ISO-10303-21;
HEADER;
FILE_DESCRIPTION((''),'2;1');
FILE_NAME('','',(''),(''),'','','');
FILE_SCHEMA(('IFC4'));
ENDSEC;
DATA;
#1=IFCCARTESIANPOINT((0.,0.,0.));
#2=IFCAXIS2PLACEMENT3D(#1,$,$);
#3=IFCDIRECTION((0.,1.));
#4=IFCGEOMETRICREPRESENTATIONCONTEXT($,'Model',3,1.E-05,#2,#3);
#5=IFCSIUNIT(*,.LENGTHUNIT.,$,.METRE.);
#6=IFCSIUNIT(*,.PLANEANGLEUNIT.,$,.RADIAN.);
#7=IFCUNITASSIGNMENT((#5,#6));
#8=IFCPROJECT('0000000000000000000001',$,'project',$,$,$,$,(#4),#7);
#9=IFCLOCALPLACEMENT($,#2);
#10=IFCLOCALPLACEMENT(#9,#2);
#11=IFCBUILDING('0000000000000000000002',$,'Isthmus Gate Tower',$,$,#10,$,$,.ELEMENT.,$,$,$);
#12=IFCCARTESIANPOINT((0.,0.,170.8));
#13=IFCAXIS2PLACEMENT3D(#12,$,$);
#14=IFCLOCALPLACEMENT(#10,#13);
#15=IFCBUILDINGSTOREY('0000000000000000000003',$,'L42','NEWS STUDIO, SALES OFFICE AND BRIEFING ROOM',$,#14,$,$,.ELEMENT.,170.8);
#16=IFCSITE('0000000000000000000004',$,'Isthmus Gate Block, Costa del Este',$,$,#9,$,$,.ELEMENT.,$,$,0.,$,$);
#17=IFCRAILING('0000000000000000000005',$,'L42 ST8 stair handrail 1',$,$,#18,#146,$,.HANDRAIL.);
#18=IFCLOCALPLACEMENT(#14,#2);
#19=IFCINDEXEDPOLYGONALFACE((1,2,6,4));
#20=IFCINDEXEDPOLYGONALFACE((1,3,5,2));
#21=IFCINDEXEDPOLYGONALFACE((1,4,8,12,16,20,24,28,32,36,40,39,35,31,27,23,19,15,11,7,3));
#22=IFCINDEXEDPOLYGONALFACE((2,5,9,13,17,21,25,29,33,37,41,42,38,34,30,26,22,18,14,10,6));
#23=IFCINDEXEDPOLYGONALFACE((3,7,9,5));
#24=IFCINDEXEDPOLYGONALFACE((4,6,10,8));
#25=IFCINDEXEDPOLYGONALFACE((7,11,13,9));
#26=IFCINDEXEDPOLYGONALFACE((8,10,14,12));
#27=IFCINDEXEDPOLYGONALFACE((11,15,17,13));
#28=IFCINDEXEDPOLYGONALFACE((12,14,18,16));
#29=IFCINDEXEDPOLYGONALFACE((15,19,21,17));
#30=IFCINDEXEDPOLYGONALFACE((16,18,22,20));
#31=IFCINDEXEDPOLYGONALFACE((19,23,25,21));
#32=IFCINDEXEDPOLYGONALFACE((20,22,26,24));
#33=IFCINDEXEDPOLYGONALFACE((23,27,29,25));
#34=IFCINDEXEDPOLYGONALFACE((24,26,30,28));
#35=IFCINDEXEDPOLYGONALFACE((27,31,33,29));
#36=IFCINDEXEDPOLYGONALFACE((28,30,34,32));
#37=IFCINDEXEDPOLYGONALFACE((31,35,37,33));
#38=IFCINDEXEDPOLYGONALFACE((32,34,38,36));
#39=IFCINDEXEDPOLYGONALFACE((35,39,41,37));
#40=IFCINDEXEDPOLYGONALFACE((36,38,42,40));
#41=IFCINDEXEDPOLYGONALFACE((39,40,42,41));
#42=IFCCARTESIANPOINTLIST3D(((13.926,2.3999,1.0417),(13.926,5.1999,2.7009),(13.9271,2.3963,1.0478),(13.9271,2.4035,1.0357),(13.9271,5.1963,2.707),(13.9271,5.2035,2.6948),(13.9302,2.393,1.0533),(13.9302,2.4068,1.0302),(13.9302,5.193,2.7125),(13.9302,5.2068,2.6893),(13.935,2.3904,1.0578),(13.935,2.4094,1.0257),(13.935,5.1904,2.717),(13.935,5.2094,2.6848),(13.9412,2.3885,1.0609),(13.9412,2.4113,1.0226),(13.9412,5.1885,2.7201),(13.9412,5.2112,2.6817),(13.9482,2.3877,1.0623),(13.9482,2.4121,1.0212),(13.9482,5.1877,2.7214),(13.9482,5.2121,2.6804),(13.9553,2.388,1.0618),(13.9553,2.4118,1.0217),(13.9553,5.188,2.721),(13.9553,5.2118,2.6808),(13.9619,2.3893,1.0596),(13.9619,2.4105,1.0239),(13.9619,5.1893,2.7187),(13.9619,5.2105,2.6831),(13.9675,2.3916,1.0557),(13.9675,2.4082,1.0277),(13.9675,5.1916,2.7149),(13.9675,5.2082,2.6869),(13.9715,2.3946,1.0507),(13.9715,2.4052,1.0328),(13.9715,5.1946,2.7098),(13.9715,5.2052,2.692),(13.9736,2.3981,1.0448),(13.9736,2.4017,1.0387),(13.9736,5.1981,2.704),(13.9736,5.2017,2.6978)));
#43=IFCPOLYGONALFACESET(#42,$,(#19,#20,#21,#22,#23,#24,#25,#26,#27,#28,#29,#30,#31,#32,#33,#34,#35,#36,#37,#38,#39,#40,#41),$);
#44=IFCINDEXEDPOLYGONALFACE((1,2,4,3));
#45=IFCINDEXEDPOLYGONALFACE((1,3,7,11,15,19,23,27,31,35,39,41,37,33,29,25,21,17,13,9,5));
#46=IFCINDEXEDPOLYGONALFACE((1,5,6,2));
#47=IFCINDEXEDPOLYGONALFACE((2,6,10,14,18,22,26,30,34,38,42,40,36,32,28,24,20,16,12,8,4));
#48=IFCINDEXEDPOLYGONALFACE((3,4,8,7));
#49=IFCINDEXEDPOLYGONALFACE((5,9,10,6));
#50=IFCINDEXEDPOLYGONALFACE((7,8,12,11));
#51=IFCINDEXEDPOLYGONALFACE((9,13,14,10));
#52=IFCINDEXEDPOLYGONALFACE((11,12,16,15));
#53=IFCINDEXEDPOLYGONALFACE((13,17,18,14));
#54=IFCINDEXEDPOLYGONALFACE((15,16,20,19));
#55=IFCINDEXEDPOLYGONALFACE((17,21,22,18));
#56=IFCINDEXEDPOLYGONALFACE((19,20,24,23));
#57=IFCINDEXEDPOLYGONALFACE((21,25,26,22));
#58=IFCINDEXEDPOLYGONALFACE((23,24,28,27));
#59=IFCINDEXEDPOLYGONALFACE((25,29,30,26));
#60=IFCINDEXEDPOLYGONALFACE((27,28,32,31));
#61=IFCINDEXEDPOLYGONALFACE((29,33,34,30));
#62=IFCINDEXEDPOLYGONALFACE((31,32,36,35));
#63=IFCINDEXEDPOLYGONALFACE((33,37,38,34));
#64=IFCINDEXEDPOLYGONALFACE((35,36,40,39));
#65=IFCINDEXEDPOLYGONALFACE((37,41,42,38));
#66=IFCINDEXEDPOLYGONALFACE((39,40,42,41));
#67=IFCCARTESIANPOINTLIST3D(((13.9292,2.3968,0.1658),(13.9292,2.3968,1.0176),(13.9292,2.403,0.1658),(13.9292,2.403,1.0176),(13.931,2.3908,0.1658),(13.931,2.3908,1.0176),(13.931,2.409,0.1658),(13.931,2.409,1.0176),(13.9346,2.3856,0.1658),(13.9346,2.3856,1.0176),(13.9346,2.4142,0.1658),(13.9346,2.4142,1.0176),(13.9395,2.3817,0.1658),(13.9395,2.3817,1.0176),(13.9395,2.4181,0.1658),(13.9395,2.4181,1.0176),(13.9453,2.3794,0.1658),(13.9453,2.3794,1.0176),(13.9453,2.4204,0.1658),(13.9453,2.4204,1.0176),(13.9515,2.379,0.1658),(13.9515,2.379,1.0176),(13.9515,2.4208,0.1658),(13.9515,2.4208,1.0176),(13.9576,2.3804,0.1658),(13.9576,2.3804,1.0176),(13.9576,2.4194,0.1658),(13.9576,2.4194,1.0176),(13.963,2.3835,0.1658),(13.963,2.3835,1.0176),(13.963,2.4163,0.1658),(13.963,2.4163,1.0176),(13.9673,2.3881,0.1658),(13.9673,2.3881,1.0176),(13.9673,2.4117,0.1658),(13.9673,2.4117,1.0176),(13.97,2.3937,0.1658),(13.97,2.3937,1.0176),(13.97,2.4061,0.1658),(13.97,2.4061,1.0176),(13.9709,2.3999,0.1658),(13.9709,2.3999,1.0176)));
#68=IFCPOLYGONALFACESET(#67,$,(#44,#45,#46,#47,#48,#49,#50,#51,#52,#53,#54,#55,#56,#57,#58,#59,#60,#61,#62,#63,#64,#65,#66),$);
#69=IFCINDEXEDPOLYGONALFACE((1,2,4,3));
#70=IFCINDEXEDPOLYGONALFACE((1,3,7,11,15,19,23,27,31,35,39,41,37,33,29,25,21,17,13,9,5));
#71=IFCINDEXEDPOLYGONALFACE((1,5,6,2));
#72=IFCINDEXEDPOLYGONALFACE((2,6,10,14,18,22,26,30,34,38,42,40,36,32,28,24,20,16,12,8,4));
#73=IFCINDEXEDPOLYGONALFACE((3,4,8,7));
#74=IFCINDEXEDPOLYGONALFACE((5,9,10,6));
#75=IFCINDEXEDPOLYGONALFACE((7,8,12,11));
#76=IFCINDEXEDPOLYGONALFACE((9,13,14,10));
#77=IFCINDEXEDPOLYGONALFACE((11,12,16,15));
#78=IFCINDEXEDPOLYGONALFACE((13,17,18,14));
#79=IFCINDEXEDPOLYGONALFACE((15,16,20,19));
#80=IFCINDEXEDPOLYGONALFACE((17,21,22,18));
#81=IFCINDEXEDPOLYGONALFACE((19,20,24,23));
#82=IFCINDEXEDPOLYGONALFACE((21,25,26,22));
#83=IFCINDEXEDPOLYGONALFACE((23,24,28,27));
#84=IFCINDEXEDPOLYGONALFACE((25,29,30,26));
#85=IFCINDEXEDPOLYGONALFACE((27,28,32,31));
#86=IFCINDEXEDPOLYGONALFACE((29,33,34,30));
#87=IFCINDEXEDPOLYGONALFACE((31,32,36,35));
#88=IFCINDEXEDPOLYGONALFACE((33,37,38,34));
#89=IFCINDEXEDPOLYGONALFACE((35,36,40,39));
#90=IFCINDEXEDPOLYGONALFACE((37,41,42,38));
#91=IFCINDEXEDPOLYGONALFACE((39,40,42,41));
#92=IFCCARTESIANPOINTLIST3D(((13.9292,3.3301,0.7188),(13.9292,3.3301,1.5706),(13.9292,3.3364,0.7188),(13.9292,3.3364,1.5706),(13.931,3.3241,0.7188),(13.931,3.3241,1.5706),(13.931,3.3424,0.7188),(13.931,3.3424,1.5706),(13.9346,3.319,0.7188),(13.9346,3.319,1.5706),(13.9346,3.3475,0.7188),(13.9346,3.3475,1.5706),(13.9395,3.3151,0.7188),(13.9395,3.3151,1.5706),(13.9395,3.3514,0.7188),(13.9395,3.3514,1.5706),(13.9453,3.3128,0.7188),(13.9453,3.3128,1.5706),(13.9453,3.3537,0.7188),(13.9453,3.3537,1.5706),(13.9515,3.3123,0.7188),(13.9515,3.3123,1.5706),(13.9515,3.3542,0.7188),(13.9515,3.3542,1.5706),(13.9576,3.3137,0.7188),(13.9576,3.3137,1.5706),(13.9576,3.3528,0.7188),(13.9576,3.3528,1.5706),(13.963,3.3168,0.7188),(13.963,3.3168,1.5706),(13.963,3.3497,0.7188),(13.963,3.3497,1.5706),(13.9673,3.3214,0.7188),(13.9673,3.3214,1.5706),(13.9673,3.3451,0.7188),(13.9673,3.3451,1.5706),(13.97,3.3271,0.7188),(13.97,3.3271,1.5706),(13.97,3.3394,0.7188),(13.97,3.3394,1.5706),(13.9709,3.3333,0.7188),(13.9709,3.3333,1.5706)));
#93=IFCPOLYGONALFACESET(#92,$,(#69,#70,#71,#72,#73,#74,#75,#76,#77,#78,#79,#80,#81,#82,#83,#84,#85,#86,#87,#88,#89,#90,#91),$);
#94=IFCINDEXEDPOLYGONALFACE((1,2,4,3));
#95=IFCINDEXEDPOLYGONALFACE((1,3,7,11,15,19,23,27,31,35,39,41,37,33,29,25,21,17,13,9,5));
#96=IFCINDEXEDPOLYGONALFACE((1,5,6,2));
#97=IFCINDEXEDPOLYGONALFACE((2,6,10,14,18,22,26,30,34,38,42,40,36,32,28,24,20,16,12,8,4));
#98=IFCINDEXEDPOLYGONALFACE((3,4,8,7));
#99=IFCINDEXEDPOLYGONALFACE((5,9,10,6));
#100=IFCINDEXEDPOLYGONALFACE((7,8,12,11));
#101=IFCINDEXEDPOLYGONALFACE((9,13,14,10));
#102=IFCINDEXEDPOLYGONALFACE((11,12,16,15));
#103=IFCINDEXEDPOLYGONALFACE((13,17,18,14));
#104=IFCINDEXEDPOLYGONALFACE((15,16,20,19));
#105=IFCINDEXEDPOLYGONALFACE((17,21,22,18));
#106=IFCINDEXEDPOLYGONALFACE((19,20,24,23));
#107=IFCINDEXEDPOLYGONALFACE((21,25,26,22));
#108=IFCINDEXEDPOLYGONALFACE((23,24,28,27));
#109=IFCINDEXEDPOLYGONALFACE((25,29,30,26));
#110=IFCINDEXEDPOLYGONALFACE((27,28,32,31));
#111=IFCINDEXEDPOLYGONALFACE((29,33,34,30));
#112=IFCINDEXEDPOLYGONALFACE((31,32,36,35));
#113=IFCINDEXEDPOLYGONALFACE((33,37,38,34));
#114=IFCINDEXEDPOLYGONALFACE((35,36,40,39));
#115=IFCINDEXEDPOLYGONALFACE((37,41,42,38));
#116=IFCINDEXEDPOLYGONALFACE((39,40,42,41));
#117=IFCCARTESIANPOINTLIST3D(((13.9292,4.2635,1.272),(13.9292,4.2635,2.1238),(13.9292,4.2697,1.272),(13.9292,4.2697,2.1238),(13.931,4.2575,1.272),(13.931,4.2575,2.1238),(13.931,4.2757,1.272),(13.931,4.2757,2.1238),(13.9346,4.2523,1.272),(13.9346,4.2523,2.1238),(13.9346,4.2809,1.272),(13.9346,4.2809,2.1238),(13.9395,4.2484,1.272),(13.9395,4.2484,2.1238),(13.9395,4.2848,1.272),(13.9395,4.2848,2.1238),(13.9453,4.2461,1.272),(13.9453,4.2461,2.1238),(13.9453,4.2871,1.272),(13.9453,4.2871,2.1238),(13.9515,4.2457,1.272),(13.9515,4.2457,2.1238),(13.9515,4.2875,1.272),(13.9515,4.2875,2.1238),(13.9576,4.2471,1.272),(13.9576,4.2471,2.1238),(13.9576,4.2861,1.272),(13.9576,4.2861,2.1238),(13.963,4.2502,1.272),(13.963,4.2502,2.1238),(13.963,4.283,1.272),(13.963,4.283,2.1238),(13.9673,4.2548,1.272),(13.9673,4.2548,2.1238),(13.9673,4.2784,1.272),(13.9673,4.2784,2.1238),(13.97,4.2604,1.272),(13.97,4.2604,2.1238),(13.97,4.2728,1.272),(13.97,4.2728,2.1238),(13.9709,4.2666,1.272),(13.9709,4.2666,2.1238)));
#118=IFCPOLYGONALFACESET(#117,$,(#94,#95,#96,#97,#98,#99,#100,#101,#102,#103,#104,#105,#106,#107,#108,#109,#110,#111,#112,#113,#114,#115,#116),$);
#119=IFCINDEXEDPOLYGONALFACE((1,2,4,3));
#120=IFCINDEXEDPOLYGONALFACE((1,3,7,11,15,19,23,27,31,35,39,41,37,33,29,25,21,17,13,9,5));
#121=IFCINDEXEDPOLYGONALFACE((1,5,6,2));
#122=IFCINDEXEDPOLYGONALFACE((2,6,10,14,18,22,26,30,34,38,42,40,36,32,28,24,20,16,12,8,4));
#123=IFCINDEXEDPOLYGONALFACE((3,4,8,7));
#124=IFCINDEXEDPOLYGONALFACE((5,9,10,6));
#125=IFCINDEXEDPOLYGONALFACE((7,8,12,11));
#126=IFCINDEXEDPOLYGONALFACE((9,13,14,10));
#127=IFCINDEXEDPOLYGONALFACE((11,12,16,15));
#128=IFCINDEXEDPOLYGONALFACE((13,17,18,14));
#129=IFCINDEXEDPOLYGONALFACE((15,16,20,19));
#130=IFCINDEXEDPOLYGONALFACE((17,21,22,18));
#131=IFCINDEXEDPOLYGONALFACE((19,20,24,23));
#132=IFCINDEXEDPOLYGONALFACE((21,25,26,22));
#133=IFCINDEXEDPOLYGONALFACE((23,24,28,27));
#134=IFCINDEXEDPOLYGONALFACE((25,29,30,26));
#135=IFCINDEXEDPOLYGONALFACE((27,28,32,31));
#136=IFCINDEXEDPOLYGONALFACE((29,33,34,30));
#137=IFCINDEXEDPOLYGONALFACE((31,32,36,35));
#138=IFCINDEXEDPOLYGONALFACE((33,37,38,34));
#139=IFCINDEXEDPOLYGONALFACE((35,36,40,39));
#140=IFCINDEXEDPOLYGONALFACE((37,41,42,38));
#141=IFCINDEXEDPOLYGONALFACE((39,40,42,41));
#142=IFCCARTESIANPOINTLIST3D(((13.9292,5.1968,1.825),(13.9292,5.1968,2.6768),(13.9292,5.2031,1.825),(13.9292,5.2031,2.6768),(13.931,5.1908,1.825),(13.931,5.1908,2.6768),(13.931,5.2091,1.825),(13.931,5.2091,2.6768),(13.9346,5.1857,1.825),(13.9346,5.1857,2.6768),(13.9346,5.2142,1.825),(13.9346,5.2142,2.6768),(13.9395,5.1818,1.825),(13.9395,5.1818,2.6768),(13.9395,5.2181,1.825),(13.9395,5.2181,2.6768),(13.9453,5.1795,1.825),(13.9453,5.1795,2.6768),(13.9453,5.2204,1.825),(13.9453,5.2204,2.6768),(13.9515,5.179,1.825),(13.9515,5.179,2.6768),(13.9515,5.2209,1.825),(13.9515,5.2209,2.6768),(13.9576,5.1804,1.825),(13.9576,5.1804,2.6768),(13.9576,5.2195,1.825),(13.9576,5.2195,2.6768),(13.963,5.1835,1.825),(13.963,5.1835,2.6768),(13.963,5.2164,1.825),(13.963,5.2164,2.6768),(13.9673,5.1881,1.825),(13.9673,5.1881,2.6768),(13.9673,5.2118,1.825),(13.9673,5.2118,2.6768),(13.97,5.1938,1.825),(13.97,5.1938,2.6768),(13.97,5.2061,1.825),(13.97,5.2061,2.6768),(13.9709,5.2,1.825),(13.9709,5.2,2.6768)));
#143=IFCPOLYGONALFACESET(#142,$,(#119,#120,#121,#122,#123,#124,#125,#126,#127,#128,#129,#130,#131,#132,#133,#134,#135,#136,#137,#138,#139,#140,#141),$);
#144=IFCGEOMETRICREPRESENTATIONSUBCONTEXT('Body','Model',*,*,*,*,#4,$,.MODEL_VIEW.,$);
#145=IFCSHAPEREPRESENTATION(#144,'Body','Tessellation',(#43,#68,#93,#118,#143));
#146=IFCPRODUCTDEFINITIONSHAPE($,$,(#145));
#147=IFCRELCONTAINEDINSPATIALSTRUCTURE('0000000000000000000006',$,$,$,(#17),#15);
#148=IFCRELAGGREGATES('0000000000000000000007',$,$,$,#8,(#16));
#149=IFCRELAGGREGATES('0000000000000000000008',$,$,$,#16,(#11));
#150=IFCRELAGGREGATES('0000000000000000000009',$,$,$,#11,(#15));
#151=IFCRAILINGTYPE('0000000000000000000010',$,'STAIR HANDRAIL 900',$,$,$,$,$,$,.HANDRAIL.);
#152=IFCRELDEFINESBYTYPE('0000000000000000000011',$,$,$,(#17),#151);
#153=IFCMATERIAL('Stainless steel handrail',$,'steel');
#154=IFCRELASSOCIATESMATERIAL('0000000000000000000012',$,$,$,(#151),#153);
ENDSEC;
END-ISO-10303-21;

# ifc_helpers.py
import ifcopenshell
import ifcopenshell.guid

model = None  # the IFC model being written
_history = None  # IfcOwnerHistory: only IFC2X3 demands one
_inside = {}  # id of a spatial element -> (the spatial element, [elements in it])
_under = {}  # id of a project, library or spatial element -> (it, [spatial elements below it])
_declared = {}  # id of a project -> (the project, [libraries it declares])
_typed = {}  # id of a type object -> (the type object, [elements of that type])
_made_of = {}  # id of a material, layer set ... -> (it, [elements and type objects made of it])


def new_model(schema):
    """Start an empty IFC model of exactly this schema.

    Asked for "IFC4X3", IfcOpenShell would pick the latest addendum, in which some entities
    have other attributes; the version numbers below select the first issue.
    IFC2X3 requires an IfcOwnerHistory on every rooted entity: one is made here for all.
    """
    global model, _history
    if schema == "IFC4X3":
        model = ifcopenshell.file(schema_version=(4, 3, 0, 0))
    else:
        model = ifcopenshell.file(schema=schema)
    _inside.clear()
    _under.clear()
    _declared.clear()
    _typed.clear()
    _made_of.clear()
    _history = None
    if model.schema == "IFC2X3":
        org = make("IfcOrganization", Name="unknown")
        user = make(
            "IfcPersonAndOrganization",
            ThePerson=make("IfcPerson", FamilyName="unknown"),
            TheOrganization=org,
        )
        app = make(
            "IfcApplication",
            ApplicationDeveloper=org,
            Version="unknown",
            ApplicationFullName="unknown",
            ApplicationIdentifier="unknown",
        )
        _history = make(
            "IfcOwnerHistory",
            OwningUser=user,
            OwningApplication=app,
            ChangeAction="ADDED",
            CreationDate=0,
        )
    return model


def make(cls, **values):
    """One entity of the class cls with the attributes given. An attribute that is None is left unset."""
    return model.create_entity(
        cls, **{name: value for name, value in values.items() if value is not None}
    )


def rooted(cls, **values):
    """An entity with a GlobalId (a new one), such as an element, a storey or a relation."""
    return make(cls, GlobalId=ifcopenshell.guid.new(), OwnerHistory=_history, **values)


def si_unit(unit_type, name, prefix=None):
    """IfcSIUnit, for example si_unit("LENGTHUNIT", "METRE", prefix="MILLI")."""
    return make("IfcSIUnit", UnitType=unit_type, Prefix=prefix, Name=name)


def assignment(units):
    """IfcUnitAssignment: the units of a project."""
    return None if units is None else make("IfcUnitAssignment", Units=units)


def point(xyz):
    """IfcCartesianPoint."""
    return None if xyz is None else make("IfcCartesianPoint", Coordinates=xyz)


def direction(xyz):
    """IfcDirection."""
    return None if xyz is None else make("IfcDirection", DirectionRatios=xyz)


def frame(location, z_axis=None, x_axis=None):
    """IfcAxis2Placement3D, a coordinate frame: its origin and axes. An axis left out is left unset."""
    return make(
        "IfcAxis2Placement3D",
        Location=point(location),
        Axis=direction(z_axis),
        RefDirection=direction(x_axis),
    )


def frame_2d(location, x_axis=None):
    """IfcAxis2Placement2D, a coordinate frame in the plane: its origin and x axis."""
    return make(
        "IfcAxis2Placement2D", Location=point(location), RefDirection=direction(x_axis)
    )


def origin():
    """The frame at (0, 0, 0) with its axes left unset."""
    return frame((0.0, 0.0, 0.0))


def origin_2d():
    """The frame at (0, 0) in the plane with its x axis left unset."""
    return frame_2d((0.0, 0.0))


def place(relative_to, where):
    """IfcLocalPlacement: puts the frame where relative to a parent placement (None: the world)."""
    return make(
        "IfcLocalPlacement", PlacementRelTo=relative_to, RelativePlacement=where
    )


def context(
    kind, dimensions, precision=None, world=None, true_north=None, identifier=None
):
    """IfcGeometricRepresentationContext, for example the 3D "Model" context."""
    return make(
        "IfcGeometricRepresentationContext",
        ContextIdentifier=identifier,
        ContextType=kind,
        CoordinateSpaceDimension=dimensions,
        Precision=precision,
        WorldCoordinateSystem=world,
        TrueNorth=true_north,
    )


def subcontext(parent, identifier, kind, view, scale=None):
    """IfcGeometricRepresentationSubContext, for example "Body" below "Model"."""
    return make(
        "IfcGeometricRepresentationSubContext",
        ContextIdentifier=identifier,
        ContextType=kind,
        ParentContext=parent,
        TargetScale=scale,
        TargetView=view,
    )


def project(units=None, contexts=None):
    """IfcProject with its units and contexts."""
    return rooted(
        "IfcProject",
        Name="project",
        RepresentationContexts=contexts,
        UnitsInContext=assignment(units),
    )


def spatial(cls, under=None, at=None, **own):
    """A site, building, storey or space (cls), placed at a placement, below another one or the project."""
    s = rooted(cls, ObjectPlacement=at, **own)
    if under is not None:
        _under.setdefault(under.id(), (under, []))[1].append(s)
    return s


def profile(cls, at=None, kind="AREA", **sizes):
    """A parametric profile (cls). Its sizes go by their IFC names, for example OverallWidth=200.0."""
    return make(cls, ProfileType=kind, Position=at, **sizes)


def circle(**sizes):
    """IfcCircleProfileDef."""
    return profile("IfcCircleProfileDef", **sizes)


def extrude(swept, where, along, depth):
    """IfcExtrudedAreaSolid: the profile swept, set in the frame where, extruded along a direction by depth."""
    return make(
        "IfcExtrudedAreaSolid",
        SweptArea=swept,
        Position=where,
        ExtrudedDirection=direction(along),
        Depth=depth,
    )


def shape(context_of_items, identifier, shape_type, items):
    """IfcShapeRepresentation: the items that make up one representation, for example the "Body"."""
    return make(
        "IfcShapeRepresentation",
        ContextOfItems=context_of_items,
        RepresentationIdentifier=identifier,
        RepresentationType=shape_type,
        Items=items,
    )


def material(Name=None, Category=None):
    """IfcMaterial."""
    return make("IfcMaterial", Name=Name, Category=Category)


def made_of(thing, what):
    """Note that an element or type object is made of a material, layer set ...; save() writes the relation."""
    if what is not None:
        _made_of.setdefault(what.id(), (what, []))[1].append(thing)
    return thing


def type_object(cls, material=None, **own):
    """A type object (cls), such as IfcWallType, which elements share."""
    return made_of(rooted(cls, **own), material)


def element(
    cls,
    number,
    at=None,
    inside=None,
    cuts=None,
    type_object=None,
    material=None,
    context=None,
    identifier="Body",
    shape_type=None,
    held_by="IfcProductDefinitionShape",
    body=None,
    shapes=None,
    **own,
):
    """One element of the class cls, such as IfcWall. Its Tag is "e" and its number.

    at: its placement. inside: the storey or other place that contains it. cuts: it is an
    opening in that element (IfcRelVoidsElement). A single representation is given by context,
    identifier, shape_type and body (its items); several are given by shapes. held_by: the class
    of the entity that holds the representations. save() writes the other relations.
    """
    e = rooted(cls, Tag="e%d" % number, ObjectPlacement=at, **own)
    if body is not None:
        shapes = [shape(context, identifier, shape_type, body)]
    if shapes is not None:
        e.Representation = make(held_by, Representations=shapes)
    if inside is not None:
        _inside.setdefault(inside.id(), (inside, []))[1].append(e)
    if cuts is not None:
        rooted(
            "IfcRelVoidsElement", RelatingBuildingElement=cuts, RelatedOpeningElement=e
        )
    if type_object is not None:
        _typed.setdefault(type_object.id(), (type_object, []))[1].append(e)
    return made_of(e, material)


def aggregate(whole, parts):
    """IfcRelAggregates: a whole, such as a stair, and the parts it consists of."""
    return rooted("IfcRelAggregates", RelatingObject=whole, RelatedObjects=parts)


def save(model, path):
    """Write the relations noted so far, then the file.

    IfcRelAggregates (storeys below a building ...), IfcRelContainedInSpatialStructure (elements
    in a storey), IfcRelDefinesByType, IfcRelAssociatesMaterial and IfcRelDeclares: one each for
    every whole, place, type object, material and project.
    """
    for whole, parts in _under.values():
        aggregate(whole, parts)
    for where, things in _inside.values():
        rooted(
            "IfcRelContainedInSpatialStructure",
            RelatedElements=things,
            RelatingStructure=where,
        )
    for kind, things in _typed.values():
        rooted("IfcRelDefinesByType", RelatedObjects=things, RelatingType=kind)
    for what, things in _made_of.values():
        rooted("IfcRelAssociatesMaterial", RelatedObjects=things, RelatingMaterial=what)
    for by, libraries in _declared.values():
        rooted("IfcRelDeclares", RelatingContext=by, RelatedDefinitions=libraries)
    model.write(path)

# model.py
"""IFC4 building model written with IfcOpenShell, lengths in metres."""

from ifc_helpers import new_model, si_unit, direction, frame, origin, origin_2d, place, context, subcontext, project, spatial, circle, extrude, material, type_object, element, save


model = new_model("IFC4")

# Units and contexts
model_context = context("Model", 3, precision=1e-05, world=origin(), true_north=direction((0.0, 1.0)))
body_context = subcontext(model_context, "Body", "Model", "MODEL_VIEW")
ifc_project = project(units=[si_unit("LENGTHUNIT", "METRE"), si_unit("PLANEANGLEUNIT", "RADIAN")], contexts=[model_context])

# Site, building, storey
site_placement = place(None, origin())
site = spatial("IfcSite", under=ifc_project, at=site_placement, Name="Isthmus Gate Block, Costa del Este", CompositionType="ELEMENT", RefElevation=0.0)
building_placement = place(site_placement, origin())
building = spatial("IfcBuilding", under=site, at=building_placement, Name="Isthmus Gate Tower", CompositionType="ELEMENT")
storey_placement = place(building_placement, frame((0.0, 0.0, 170.8)))
storey = spatial("IfcBuildingStorey", under=building, at=storey_placement, Name="L42", Description="NEWS STUDIO, SALES OFFICE AND BRIEFING ROOM", CompositionType="ELEMENT", Elevation=170.8)

# Railing
ifc_material_1 = material(Name="Stainless steel handrail", Category="steel")
railing_type = type_object("IfcRailingType", Name="STAIR HANDRAIL 900", PredefinedType="HANDRAIL", material=ifc_material_1)
railing_placement = place(storey_placement, frame((13.95, 2.3999, 0.1658)))
element("IfcRailing", 1, at=railing_placement, inside=storey, type_object=railing_type, Name="L42 ST8 stair handrail 1", PredefinedType="HANDRAIL", context=body_context, shape_type="SweptSolid", body=[
    extrude(circle(Radius=0.0239, at=origin_2d()), frame((0.0, 0.0, 0.876), z_axis=(0.0, 0.860306, 0.509778), x_axis=(-1.0, 0.0, 0.0)), (0.0, 0.0, 1.0), 3.2546),
    extrude(circle(Radius=0.021, at=origin_2d()), origin(), (0.0, 0.0, 1.0), 0.8518),
    extrude(circle(Radius=0.021, at=origin_2d()), frame((0.0, 0.9333, 0.553)), (0.0, 0.0, 1.0), 0.8518),
    extrude(circle(Radius=0.021, at=origin_2d()), frame((0.0, 1.8667, 1.1062)), (0.0, 0.0, 1.0), 0.8518),
    extrude(circle(Radius=0.021, at=origin_2d()), frame((0.0, 2.8, 1.6592)), (0.0, 0.0, 1.0), 0.8518),
])

save(model, "model.ifc")
